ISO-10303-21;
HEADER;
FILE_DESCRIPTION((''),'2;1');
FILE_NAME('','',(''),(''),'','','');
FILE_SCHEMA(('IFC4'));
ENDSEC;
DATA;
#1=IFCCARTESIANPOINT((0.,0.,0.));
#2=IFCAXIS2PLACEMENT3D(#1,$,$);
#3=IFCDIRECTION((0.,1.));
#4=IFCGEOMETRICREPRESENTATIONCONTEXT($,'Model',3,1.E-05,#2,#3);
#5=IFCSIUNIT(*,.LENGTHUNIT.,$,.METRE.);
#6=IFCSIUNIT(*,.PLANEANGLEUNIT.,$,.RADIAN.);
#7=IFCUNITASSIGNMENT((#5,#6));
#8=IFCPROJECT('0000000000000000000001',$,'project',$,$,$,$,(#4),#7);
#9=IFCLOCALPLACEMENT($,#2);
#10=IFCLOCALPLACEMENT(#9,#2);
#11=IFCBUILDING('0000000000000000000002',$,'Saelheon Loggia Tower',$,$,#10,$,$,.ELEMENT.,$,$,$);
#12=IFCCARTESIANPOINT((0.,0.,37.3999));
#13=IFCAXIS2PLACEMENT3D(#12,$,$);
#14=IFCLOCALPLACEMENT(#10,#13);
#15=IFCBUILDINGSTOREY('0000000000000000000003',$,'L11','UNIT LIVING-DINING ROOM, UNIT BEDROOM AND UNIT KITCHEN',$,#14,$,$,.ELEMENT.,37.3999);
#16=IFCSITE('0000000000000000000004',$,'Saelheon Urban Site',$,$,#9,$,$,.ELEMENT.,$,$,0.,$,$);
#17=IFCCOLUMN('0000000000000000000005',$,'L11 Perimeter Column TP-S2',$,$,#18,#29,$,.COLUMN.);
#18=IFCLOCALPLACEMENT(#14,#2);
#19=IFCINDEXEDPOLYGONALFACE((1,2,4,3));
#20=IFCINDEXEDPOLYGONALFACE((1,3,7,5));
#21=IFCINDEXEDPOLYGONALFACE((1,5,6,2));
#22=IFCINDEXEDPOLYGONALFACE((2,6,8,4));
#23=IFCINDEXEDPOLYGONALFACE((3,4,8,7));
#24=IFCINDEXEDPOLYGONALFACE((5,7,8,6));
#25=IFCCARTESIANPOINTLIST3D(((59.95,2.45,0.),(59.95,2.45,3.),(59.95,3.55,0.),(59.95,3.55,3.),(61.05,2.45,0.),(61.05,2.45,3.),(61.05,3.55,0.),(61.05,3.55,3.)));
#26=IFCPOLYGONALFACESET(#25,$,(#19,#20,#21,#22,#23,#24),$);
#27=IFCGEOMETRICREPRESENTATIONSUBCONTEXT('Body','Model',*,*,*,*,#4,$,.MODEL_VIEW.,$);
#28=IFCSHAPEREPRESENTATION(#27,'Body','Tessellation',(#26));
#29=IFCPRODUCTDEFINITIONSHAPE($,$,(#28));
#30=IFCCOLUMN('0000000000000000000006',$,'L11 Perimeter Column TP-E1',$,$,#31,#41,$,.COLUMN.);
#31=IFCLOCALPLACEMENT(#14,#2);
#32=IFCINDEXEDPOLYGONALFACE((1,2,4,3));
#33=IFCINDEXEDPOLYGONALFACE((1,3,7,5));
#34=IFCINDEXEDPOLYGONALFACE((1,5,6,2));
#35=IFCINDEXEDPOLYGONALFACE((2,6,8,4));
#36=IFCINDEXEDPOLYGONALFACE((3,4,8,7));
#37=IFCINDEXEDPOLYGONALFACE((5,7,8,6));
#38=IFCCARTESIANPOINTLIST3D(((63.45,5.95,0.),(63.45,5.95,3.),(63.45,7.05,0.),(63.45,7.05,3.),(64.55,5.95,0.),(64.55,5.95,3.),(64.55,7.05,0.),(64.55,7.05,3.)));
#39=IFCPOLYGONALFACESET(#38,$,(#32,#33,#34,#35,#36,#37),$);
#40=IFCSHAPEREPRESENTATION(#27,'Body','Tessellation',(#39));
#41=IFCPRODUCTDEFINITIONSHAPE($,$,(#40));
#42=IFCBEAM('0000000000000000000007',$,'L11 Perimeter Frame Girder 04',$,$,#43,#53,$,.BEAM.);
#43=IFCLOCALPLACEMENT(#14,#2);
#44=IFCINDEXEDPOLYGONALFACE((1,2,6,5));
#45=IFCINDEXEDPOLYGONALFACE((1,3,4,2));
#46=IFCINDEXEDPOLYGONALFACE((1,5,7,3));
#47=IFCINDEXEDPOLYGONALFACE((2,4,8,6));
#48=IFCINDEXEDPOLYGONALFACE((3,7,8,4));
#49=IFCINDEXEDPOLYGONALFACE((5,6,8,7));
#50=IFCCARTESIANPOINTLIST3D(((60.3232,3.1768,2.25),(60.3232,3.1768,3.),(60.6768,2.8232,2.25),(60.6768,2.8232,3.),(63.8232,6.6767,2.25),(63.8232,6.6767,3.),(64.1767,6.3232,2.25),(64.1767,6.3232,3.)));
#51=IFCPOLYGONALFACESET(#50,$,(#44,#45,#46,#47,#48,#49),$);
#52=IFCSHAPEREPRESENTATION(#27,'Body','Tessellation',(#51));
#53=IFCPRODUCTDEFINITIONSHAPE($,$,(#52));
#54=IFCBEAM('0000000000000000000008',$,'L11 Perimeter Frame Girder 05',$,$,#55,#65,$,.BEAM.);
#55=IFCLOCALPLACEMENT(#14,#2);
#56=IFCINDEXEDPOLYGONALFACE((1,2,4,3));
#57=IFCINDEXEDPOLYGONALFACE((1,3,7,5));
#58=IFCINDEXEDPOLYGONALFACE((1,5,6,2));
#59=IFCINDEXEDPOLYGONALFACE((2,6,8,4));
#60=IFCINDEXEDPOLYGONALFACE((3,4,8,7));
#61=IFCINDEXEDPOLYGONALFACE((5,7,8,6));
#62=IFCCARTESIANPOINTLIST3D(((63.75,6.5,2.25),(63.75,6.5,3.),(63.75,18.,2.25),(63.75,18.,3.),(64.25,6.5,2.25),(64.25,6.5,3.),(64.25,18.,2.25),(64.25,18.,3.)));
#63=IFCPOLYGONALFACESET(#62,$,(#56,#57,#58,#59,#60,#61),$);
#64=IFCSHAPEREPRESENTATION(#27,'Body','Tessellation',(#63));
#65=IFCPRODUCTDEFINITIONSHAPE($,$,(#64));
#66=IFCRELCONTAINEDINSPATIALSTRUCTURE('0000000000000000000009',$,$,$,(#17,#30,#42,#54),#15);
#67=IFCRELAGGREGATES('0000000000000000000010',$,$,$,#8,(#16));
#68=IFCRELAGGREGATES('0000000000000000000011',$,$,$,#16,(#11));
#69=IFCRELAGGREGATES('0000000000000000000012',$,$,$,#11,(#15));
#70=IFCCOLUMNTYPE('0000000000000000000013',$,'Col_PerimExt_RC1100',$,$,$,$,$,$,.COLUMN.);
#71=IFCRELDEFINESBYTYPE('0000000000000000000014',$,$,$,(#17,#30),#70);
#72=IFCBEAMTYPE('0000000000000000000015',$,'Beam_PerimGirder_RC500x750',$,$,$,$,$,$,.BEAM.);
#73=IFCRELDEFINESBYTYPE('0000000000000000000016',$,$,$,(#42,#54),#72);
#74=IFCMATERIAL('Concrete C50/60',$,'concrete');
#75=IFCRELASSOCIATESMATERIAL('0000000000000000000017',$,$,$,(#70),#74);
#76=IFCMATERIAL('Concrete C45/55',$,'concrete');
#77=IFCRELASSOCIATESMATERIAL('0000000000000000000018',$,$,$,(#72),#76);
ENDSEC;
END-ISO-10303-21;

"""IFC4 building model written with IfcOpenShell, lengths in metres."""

from ifc_helpers import new_model, si_unit, direction, frame, origin, origin_2d, place, context, subcontext, project, spatial, rectangle, extrude, source, transform, mapped, material, material_profile, profile_set, type_object, element, save


model = new_model("IFC4")

# Units and contexts
model_context = context("Model", 3, precision=1e-05, world=origin(), true_north=direction((0.0, 1.0)))
body_context = subcontext(model_context, "Body", "Model", "MODEL_VIEW")
ifc_project = project(units=[si_unit("LENGTHUNIT", "METRE"), si_unit("PLANEANGLEUNIT", "RADIAN")], contexts=[model_context])

# Site, building, storey
site_placement = place(None, origin())
site = spatial("IfcSite", under=ifc_project, at=site_placement, Name="Saelheon Urban Site", CompositionType="ELEMENT", RefElevation=0.0)
building_placement = place(site_placement, origin())
building = spatial("IfcBuilding", under=site, at=building_placement, Name="Saelheon Loggia Tower", CompositionType="ELEMENT")
storey_placement = place(building_placement, frame((0.0, 0.0, 37.3999)))
storey = spatial("IfcBuildingStorey", under=building, at=storey_placement, Name="L11", Description="UNIT LIVING-DINING ROOM, UNIT BEDROOM AND UNIT KITCHEN", CompositionType="ELEMENT", Elevation=37.3999)

# Columns
ifc_material_1 = material(Name="Concrete C50/60", Category="concrete")
ifc_material_profile_1 = material_profile(ifc_material_1, rectangle(XDim=1.1001, YDim=1.1001, at=origin_2d()), Name="RC-1100x1100")
ifc_profile_set_1 = profile_set([ifc_material_profile_1], Name="Concrete C50/60")
column_type = type_object("IfcColumnType", Name="Col_PerimExt_RC1100", PredefinedType="COLUMN", material=ifc_profile_set_1)
shared_shape_1 = source(origin(), body_context, "Body", "SweptSolid", [
    extrude(rectangle(XDim=1.1001, YDim=1.1001, at=origin_2d()), origin(), (0.0, 0.0, 1.0), 3.0),
])
for number, where, z_axis, x_axis, name in (
    (1, (60.5, 3.0, 0.0), (0.0, 0.0, 1.0), (1.0, 0.0, 0.0), "L11 Perimeter Column TP-S2"),
    (2, (64.0, 6.5, 0.0), (0.0, 0.0, 1.0), (1.0, 0.0, 0.0), "L11 Perimeter Column TP-E1"),
):
    element("IfcColumn", number, at=place(storey_placement, frame(where, z_axis=z_axis, x_axis=x_axis)), inside=storey, type_object=column_type, Name=name, PredefinedType="COLUMN", context=body_context, shape_type="MappedRepresentation", body=[
        mapped(shared_shape_1, transform((0.0, 0.0, 0.0), scale=1.0)),
    ])

# Beams
ifc_material_2 = material(Name="Concrete C45/55", Category="concrete")
ifc_material_profile_2 = material_profile(ifc_material_2, rectangle(XDim=0.5, YDim=0.75, at=origin_2d()), Name="RC-500x750")
ifc_profile_set_2 = profile_set([ifc_material_profile_2], Name="Concrete C45/55")
beam_type = type_object("IfcBeamType", Name="Beam_PerimGirder_RC500x750", PredefinedType="BEAM", material=ifc_profile_set_2)
shared_shape_2 = source(origin(), body_context, "Body", "SweptSolid", [
    extrude(rectangle(XDim=0.5, YDim=0.75, at=origin_2d()), origin(), (0.0, 0.0, 1.0), 4.9497),
])
beam_1_placement = place(storey_placement, frame((60.5, 3.0, 2.625), z_axis=(0.707107, 0.707107, 0.0), x_axis=(-0.707107, 0.707107, 0.0)))
element("IfcBeam", 3, at=beam_1_placement, inside=storey, type_object=beam_type, Name="L11 Perimeter Frame Girder 04", PredefinedType="BEAM", context=body_context, shape_type="MappedRepresentation", body=[
    mapped(shared_shape_2, transform((0.0, 0.0, 0.0), scale=1.0)),
])
shared_shape_3 = source(origin(), body_context, "Body", "SweptSolid", [
    extrude(rectangle(XDim=0.5, YDim=0.75, at=origin_2d()), origin(), (0.0, 0.0, 1.0), 11.5),
])
beam_2_placement = place(storey_placement, frame((64.0, 6.5, 2.625), z_axis=(0.0, 1.0, 0.0), x_axis=(-1.0, 0.0, 0.0)))
element("IfcBeam", 4, at=beam_2_placement, inside=storey, type_object=beam_type, Name="L11 Perimeter Frame Girder 05", PredefinedType="BEAM", context=body_context, shape_type="MappedRepresentation", body=[
    mapped(shared_shape_3, transform((0.0, 0.0, 0.0), scale=1.0)),
])

save(model, "model.ifc")
